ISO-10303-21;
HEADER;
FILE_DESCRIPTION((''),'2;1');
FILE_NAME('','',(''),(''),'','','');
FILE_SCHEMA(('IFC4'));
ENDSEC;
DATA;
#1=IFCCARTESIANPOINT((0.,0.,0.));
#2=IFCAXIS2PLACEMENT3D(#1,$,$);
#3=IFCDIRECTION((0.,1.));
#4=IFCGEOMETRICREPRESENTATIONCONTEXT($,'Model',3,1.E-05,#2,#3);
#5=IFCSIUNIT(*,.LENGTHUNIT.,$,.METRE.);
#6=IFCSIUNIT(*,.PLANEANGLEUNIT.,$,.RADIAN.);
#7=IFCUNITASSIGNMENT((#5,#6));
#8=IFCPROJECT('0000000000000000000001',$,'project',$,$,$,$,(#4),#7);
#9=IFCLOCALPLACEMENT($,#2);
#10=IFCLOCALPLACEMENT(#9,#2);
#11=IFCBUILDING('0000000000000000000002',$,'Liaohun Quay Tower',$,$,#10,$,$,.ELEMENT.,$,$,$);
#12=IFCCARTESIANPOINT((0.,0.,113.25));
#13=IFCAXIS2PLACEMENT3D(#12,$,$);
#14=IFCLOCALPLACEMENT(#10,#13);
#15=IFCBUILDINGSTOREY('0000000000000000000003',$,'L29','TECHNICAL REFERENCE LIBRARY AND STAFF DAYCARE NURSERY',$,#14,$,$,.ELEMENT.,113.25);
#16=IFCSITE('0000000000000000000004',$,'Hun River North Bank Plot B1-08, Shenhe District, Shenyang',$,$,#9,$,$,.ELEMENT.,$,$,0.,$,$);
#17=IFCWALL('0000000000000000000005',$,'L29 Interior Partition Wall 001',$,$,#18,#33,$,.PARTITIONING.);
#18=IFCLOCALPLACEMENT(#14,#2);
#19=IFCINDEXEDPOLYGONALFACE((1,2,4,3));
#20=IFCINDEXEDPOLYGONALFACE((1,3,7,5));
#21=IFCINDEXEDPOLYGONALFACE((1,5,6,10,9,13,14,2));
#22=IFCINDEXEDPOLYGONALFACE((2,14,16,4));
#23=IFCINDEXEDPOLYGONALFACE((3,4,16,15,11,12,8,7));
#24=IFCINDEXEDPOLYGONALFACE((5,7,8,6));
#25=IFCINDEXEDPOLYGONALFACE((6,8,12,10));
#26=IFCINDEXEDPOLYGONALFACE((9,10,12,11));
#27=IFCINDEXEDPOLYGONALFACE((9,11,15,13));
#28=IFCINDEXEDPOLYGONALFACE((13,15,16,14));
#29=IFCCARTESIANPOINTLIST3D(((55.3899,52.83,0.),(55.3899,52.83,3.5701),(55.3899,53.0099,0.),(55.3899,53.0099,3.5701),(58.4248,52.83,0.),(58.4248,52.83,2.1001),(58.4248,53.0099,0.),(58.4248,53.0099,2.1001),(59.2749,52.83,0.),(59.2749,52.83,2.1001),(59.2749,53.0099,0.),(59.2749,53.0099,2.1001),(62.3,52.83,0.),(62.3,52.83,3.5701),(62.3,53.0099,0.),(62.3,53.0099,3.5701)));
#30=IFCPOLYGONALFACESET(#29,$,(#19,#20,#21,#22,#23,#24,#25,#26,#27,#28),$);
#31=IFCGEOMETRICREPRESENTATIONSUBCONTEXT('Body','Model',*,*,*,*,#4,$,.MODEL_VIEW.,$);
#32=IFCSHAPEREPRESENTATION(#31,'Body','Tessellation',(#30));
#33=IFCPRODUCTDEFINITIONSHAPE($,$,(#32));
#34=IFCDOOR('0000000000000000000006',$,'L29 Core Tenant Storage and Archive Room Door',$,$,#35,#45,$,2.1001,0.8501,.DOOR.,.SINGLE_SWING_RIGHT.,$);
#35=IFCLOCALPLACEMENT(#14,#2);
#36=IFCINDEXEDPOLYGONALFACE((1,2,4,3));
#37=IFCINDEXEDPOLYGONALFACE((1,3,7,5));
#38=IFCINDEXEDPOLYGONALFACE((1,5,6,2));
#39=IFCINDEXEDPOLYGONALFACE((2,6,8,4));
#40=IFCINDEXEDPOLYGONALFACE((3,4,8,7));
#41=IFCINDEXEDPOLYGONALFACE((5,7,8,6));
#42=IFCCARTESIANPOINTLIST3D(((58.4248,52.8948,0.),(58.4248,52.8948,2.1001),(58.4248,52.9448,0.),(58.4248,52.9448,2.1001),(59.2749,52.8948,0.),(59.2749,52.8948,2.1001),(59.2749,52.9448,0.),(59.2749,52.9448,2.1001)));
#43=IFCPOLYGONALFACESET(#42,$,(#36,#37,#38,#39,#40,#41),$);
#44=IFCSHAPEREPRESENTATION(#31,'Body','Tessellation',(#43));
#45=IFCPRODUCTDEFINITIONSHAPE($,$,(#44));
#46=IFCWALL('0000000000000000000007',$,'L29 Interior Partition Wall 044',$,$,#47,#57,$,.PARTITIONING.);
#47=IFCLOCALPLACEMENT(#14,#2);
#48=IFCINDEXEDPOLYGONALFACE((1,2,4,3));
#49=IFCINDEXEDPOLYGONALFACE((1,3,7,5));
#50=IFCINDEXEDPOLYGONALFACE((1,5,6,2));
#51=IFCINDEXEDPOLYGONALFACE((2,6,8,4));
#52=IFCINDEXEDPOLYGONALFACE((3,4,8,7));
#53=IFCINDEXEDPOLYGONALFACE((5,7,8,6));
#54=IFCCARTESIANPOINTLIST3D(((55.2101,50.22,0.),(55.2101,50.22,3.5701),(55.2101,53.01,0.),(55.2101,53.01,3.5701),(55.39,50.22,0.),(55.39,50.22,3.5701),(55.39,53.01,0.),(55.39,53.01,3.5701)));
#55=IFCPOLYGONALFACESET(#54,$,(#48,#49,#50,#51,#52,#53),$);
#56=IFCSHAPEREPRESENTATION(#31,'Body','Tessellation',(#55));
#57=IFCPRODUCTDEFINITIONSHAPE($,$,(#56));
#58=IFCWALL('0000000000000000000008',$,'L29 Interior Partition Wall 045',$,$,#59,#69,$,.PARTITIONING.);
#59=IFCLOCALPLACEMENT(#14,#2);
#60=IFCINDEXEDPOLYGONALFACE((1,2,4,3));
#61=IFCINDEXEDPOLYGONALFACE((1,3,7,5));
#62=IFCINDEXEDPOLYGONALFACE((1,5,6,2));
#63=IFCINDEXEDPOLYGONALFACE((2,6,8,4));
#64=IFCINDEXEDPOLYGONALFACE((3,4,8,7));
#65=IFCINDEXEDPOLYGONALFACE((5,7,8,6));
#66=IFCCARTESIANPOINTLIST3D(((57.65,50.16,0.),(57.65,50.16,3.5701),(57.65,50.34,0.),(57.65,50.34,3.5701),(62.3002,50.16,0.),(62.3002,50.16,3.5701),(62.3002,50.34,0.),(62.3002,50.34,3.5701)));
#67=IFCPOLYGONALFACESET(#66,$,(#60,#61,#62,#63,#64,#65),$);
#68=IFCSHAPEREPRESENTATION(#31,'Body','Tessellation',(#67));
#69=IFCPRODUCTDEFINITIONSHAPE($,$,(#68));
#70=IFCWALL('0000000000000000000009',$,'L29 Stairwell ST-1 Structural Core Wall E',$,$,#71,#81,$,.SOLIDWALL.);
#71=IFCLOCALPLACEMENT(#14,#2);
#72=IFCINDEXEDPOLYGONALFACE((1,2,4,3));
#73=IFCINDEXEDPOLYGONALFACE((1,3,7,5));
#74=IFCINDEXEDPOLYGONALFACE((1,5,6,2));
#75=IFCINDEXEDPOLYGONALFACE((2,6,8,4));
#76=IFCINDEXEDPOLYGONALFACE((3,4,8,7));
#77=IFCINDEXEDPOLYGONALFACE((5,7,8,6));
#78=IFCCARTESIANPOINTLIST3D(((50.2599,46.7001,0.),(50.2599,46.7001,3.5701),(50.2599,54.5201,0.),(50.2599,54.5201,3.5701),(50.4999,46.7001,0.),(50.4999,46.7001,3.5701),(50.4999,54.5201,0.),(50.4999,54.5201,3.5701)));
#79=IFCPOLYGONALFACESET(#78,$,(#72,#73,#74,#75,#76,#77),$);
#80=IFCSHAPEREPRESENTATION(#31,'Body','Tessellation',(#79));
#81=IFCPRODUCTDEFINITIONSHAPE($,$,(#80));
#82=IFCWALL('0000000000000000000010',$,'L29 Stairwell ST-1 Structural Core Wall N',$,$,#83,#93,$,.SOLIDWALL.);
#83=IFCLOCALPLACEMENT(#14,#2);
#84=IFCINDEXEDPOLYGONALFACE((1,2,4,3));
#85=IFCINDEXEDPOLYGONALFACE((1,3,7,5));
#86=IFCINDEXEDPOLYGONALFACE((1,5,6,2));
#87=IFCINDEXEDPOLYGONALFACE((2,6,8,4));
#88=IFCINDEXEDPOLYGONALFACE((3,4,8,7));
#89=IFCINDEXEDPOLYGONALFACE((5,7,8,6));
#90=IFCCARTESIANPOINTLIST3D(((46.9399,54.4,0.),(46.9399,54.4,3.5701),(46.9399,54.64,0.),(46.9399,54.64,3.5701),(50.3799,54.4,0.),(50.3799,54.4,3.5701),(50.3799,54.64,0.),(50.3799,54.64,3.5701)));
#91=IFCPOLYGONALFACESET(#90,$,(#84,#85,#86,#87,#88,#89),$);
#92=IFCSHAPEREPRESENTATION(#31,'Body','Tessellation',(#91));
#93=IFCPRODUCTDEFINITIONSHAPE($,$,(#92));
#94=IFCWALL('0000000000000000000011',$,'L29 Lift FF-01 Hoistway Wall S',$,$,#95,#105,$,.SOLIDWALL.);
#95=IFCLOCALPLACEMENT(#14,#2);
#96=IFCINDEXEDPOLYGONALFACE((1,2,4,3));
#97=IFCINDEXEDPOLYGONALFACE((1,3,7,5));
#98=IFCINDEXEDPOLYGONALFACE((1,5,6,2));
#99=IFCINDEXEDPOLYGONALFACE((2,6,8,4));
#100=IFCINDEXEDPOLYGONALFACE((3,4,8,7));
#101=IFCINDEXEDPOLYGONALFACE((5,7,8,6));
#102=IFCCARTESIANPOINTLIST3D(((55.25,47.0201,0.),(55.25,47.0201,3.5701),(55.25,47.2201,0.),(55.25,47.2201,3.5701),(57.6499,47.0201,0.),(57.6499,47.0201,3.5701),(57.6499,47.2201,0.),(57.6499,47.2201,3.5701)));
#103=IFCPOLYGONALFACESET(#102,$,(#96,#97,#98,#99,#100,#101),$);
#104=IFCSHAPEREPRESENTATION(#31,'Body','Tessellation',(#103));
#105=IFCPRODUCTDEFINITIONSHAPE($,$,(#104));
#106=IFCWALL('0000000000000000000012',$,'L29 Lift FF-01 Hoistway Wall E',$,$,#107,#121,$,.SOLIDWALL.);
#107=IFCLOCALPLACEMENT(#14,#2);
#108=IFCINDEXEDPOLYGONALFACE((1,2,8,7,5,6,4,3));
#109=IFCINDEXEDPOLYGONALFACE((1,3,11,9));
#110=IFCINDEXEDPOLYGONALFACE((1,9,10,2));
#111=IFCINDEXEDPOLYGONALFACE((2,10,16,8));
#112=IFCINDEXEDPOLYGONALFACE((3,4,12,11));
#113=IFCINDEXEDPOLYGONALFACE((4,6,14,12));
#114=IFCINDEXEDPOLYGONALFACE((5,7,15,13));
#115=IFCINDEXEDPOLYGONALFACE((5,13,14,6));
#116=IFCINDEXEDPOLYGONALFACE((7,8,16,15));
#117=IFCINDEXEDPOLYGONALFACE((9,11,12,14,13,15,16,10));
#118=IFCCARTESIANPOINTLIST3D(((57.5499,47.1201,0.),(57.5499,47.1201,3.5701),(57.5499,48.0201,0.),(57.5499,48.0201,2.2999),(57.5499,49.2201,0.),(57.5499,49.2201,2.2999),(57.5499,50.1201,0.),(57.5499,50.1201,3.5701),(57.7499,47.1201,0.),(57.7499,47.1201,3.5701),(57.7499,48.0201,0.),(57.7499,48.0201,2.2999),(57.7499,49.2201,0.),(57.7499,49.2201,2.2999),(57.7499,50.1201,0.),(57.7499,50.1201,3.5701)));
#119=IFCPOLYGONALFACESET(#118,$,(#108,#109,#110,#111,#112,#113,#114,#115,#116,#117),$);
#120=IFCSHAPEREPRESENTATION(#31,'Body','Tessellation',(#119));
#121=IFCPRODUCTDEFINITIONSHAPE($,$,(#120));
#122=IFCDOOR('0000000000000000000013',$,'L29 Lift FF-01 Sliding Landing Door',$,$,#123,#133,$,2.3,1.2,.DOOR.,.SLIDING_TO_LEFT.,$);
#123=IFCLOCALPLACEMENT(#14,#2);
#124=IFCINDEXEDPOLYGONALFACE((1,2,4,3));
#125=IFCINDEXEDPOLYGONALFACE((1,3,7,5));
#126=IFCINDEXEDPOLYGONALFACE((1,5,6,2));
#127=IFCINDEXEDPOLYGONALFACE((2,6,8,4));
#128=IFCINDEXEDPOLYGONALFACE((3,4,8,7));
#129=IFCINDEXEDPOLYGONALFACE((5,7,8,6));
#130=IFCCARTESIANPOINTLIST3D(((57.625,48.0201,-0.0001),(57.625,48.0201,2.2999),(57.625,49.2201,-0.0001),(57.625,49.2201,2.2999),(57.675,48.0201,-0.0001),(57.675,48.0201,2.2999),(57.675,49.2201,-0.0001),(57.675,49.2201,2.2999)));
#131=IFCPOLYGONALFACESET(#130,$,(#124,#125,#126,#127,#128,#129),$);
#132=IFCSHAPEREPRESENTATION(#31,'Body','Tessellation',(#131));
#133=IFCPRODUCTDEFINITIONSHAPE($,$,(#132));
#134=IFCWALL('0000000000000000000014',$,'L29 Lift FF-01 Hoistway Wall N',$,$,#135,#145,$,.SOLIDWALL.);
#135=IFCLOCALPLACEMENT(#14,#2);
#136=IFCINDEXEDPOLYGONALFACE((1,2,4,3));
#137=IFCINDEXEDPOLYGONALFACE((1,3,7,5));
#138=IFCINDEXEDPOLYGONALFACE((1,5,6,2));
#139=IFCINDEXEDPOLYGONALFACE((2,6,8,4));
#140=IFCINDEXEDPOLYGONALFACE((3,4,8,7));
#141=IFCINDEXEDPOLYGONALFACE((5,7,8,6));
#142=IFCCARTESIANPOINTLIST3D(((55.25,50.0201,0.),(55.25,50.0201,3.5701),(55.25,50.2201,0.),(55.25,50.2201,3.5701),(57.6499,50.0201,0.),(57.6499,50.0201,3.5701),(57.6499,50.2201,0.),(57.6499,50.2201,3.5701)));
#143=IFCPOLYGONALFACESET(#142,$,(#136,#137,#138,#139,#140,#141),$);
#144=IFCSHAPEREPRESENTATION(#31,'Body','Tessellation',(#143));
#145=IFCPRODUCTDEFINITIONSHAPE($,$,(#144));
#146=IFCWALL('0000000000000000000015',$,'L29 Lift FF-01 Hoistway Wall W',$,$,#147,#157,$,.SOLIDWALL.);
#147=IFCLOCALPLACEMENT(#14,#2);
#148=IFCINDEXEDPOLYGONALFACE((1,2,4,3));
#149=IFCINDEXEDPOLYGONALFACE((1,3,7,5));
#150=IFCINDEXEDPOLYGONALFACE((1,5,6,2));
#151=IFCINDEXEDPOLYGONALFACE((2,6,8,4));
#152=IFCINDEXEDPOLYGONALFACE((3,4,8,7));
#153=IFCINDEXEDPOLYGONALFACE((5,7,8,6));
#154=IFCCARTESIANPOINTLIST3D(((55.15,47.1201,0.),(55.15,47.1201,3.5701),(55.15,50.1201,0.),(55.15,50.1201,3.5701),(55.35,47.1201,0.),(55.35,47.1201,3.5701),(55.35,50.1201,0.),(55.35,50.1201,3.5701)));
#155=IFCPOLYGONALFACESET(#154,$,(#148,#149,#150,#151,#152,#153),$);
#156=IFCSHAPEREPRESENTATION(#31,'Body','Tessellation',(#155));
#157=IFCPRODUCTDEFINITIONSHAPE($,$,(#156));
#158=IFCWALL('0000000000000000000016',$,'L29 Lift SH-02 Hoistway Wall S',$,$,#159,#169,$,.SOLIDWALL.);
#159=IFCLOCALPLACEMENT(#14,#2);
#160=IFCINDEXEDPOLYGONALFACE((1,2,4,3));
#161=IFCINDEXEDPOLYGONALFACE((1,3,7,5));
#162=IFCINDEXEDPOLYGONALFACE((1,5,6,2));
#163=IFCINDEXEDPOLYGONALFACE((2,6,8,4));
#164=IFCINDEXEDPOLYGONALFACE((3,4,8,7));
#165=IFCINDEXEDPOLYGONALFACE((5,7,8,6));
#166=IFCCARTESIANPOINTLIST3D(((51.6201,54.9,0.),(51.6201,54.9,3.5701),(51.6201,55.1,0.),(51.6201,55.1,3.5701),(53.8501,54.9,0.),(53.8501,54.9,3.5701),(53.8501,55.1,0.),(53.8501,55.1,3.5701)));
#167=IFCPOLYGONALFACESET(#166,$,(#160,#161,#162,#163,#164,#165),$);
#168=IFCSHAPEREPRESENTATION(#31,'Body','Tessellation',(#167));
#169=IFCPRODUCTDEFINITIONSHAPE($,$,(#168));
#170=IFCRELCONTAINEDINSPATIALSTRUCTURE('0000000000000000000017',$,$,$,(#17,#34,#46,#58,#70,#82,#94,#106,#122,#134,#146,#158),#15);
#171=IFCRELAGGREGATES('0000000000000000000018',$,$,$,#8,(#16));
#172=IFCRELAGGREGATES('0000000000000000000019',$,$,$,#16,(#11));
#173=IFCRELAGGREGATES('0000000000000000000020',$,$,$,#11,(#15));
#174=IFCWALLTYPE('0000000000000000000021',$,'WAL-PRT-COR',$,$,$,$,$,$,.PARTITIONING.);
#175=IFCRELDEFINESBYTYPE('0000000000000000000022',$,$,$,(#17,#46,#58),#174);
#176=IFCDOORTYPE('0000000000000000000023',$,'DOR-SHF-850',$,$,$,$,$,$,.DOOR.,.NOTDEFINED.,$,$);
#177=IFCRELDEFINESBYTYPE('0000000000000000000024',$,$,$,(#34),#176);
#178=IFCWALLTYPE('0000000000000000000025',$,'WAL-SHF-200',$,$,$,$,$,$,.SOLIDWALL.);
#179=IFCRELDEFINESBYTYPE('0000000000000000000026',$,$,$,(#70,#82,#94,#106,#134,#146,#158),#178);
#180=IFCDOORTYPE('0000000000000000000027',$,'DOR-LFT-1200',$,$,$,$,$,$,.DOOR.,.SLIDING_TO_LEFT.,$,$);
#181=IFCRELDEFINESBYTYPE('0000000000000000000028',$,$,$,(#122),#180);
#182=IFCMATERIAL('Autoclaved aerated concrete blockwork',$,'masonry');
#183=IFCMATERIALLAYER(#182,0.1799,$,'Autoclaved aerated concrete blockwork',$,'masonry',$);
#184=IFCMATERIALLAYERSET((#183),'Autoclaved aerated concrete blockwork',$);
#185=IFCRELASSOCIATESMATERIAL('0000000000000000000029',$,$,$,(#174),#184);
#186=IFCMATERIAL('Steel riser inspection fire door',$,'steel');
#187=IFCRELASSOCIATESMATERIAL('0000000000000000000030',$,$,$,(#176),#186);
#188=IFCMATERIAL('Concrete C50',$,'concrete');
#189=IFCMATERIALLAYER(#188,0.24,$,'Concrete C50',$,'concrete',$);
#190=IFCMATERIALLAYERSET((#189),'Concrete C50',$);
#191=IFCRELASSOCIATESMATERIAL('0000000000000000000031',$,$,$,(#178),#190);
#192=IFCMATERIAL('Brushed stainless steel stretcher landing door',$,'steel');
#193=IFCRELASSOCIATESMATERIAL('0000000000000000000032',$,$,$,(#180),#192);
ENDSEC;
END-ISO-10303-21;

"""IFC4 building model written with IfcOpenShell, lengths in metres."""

from ifc_helpers import new_model, si_unit, direction, frame, frame_2d, origin, place, context, subcontext, project, spatial, rectangle, extrude, source, transform, mapped, material, layer, layer_set, type_object, element, fill, save


model = new_model("IFC4")

# Units and contexts
model_context = context("Model", 3, precision=1e-05, world=origin(), true_north=direction((0.0, 1.0)))
body_context = subcontext(model_context, "Body", "Model", "MODEL_VIEW")
ifc_project = project(units=[si_unit("LENGTHUNIT", "METRE"), si_unit("PLANEANGLEUNIT", "RADIAN")], contexts=[model_context])

# Site, building, storey
site_placement = place(None, origin())
site = spatial("IfcSite", under=ifc_project, at=site_placement, Name="Hun River North Bank Plot B1-08, Shenhe District, Shenyang", CompositionType="ELEMENT", RefElevation=0.0)
building_placement = place(site_placement, origin())
building = spatial("IfcBuilding", under=site, at=building_placement, Name="Liaohun Quay Tower", CompositionType="ELEMENT")
storey_placement = place(building_placement, frame((0.0, 0.0, 113.25)))
storey = spatial("IfcBuildingStorey", under=building, at=storey_placement, Name="L29", Description="TECHNICAL REFERENCE LIBRARY AND STAFF DAYCARE NURSERY", CompositionType="ELEMENT", Elevation=113.25)

# Shared definitions
ifc_material_1 = material(Name="Concrete C50", Category="concrete")

# Wall, opening, door
ifc_material_2 = material(Name="Autoclaved aerated concrete blockwork", Category="masonry")
ifc_layer_1 = layer(ifc_material_2, 0.1799, Name="Autoclaved aerated concrete blockwork", Category="masonry")
ifc_layer_set_1 = layer_set([ifc_layer_1], Name="Autoclaved aerated concrete blockwork")
wall_type_1 = type_object("IfcWallType", Name="WAL-PRT-COR", PredefinedType="PARTITIONING", material=ifc_layer_set_1)
wall_1_placement = place(storey_placement, frame((55.3899, 52.9199, 0.0), z_axis=(0.0, 0.0, 1.0), x_axis=(1.0, 0.0, 0.0)))
wall_1 = element("IfcWall", 1, at=wall_1_placement, inside=storey, type_object=wall_type_1, Name="L29 Interior Partition Wall 001", PredefinedType="PARTITIONING", context=body_context, shape_type="SweptSolid", body=[
    extrude(rectangle(XDim=6.9102, YDim=0.1799, at=frame_2d((3.4551, 0.0))), origin(), (0.0, 0.0, 1.0), 3.5701),
])
shared_shape_1 = source(origin(), body_context, "Body", "SweptSolid", [
    extrude(rectangle(XDim=0.8501, YDim=2.1001, at=frame_2d((0.425, 1.05))), frame((0.0, 0.0999, 0.0), z_axis=(0.0, -1.0, 0.0), x_axis=(1.0, 0.0, 0.0)), (0.0, 0.0, 1.0), 0.2),
])
opening_1_placement = place(wall_1_placement, frame((3.0349, 0.0, 0.0)))
opening_1 = element("IfcOpeningElement", 2, at=opening_1_placement, cuts=wall_1, PredefinedType="OPENING", context=body_context, shape_type="MappedRepresentation", body=[
    mapped(shared_shape_1, transform((0.0, 0.0, 0.0), x_axis=(1.0, 0.0, 0.0), y_axis=(0.0, 1.0, 0.0), z_axis=(0.0, 0.0, 1.0), scale=1.0)),
])
ifc_material_3 = material(Name="Steel riser inspection fire door", Category="steel")
door_type_1 = type_object("IfcDoorType", Name="DOR-SHF-850", OperationType="NOTDEFINED", PredefinedType="DOOR", material=ifc_material_3)
shared_shape_2 = source(origin(), body_context, "Body", "SweptSolid", [
    extrude(rectangle(XDim=0.8501, YDim=2.1001, at=frame_2d((0.425, 1.05))), frame((0.0, 0.0249, 0.0), z_axis=(0.0, -1.0, 0.0), x_axis=(1.0, 0.0, 0.0)), (0.0, 0.0, 1.0), 0.05),
])
door_1_placement = place(opening_1_placement, origin())
door_1 = element("IfcDoor", 3, at=door_1_placement, inside=storey, type_object=door_type_1, Name="L29 Core Tenant Storage and Archive Room Door", OperationType="SINGLE_SWING_RIGHT", OverallHeight=2.1001, OverallWidth=0.8501, PredefinedType="DOOR", context=body_context, shape_type="MappedRepresentation", body=[
    mapped(shared_shape_2, transform((0.0, 0.0, 0.0), x_axis=(1.0, 0.0, 0.0), y_axis=(0.0, 1.0, 0.0), z_axis=(0.0, 0.0, 1.0), scale=1.0)),
])
fill(opening_1, door_1)

# Walls
wall_2_placement = place(storey_placement, frame((55.3, 50.22, 0.0), z_axis=(0.0, 0.0, 1.0), x_axis=(0.0, 1.0, 0.0)))
element("IfcWall", 4, at=wall_2_placement, inside=storey, type_object=wall_type_1, Name="L29 Interior Partition Wall 044", PredefinedType="PARTITIONING", context=body_context, shape_type="SweptSolid", body=[
    extrude(rectangle(XDim=2.79, YDim=0.1799, at=frame_2d((1.395, 0.0))), origin(), (0.0, 0.0, 1.0), 3.5701),
])
wall_3_placement = place(storey_placement, frame((57.6499, 50.25, 0.0), z_axis=(0.0, 0.0, 1.0), x_axis=(1.0, 0.0, 0.0)))
element("IfcWall", 5, at=wall_3_placement, inside=storey, type_object=wall_type_1, Name="L29 Interior Partition Wall 045", PredefinedType="PARTITIONING", context=body_context, shape_type="SweptSolid", body=[
    extrude(rectangle(XDim=4.6501, YDim=0.1799, at=frame_2d((2.3252, 0.0))), origin(), (0.0, 0.0, 1.0), 3.5701),
])
ifc_layer_2 = layer(ifc_material_1, 0.24, Name="Concrete C50", Category="concrete")
ifc_layer_set_2 = layer_set([ifc_layer_2], Name="Concrete C50")
wall_type_2 = type_object("IfcWallType", Name="WAL-SHF-200", PredefinedType="SOLIDWALL", material=ifc_layer_set_2)
wall_4_placement = place(storey_placement, frame((50.3799, 46.7, 0.0), z_axis=(0.0, 0.0, 1.0), x_axis=(0.0, 1.0, 0.0)))
element("IfcWall", 6, at=wall_4_placement, inside=storey, type_object=wall_type_2, Name="L29 Stairwell ST-1 Structural Core Wall E", PredefinedType="SOLIDWALL", context=body_context, shape_type="SweptSolid", body=[
    extrude(rectangle(XDim=7.8201, YDim=0.24, at=frame_2d((3.9102, 0.0))), origin(), (0.0, 0.0, 1.0), 3.5701),
])
wall_5_placement = place(storey_placement, frame((50.3799, 54.52, 0.0), z_axis=(0.0, 0.0, 1.0), x_axis=(-1.0, 0.0, 0.0)))
element("IfcWall", 7, at=wall_5_placement, inside=storey, type_object=wall_type_2, Name="L29 Stairwell ST-1 Structural Core Wall N", PredefinedType="SOLIDWALL", context=body_context, shape_type="SweptSolid", body=[
    extrude(rectangle(XDim=3.4399, YDim=0.24, at=frame_2d((1.72, 0.0))), origin(), (0.0, 0.0, 1.0), 3.5701),
])
wall_6_placement = place(storey_placement, frame((55.25, 47.1201, 0.0), z_axis=(0.0, 0.0, 1.0), x_axis=(1.0, 0.0, 0.0)))
element("IfcWall", 8, at=wall_6_placement, inside=storey, type_object=wall_type_2, Name="L29 Lift FF-01 Hoistway Wall S", PredefinedType="SOLIDWALL", context=body_context, shape_type="SweptSolid", body=[
    extrude(rectangle(XDim=2.3999, YDim=0.2, at=frame_2d((1.2, 0.0))), origin(), (0.0, 0.0, 1.0), 3.5701),
])

# Wall, opening, door
wall_7_placement = place(storey_placement, frame((57.6499, 47.1201, 0.0), z_axis=(0.0, 0.0, 1.0), x_axis=(0.0, 1.0, 0.0)))
wall_7 = element("IfcWall", 9, at=wall_7_placement, inside=storey, type_object=wall_type_2, Name="L29 Lift FF-01 Hoistway Wall E", PredefinedType="SOLIDWALL", context=body_context, shape_type="SweptSolid", body=[
    extrude(rectangle(XDim=3.0, YDim=0.2, at=frame_2d((1.5, 0.0))), origin(), (0.0, 0.0, 1.0), 3.5701),
])
shared_shape_3 = source(origin(), body_context, "Body", "SweptSolid", [
    extrude(rectangle(XDim=1.2, YDim=2.3, at=frame_2d((0.6001, 1.1499))), frame((0.0, 0.1099, 0.0), z_axis=(0.0, -1.0, 0.0), x_axis=(1.0, 0.0, 0.0)), (0.0, 0.0, 1.0), 0.22),
])
opening_2_placement = place(wall_7_placement, frame((0.8999, 0.0, 0.0)))
opening_2 = element("IfcOpeningElement", 10, at=opening_2_placement, cuts=wall_7, PredefinedType="OPENING", context=body_context, shape_type="MappedRepresentation", body=[
    mapped(shared_shape_3, transform((0.0, 0.0, 0.0), x_axis=(1.0, 0.0, 0.0), y_axis=(0.0, 1.0, 0.0), z_axis=(0.0, 0.0, 1.0), scale=1.0)),
])
ifc_material_4 = material(Name="Brushed stainless steel stretcher landing door", Category="steel")
door_type_2 = type_object("IfcDoorType", Name="DOR-LFT-1200", OperationType="SLIDING_TO_LEFT", PredefinedType="DOOR", material=ifc_material_4)
shared_shape_4 = source(origin(), body_context, "Body", "SweptSolid", [
    extrude(rectangle(XDim=1.2, YDim=2.3, at=frame_2d((0.6001, 1.1499))), frame((0.0, 0.0249, 0.0), z_axis=(0.0, -1.0, 0.0), x_axis=(1.0, 0.0, 0.0)), (0.0, 0.0, 1.0), 0.05),
])
door_2_placement = place(opening_2_placement, origin())
door_2 = element("IfcDoor", 11, at=door_2_placement, inside=storey, type_object=door_type_2, Name="L29 Lift FF-01 Sliding Landing Door", OperationType="SLIDING_TO_LEFT", OverallHeight=2.3, OverallWidth=1.2, PredefinedType="DOOR", context=body_context, shape_type="MappedRepresentation", body=[
    mapped(shared_shape_4, transform((0.0, 0.0, 0.0), x_axis=(1.0, 0.0, 0.0), y_axis=(0.0, 1.0, 0.0), z_axis=(0.0, 0.0, 1.0), scale=1.0)),
])
fill(opening_2, door_2)

# Walls
wall_8_placement = place(storey_placement, frame((57.6499, 50.1201, 0.0), z_axis=(0.0, 0.0, 1.0), x_axis=(-1.0, 0.0, 0.0)))
element("IfcWall", 12, at=wall_8_placement, inside=storey, type_object=wall_type_2, Name="L29 Lift FF-01 Hoistway Wall N", PredefinedType="SOLIDWALL", context=body_context, shape_type="SweptSolid", body=[
    extrude(rectangle(XDim=2.3999, YDim=0.2, at=frame_2d((1.2, 0.0))), origin(), (0.0, 0.0, 1.0), 3.5701),
])
wall_9_placement = place(storey_placement, frame((55.25, 50.1201, 0.0), z_axis=(0.0, 0.0, 1.0), x_axis=(0.0, -1.0, 0.0)))
element("IfcWall", 13, at=wall_9_placement, inside=storey, type_object=wall_type_2, Name="L29 Lift FF-01 Hoistway Wall W", PredefinedType="SOLIDWALL", context=body_context, shape_type="SweptSolid", body=[
    extrude(rectangle(XDim=3.0, YDim=0.2, at=frame_2d((1.5, 0.0))), origin(), (0.0, 0.0, 1.0), 3.5701),
])
wall_10_placement = place(storey_placement, frame((51.6201, 55.0, 0.0), z_axis=(0.0, 0.0, 1.0), x_axis=(1.0, 0.0, 0.0)))
element("IfcWall", 14, at=wall_10_placement, inside=storey, type_object=wall_type_2, Name="L29 Lift SH-02 Hoistway Wall S", PredefinedType="SOLIDWALL", context=body_context, shape_type="SweptSolid", body=[
    extrude(rectangle(XDim=2.23, YDim=0.2, at=frame_2d((1.115, 0.0))), origin(), (0.0, 0.0, 1.0), 3.5701),
])

save(model, "model.ifc")
